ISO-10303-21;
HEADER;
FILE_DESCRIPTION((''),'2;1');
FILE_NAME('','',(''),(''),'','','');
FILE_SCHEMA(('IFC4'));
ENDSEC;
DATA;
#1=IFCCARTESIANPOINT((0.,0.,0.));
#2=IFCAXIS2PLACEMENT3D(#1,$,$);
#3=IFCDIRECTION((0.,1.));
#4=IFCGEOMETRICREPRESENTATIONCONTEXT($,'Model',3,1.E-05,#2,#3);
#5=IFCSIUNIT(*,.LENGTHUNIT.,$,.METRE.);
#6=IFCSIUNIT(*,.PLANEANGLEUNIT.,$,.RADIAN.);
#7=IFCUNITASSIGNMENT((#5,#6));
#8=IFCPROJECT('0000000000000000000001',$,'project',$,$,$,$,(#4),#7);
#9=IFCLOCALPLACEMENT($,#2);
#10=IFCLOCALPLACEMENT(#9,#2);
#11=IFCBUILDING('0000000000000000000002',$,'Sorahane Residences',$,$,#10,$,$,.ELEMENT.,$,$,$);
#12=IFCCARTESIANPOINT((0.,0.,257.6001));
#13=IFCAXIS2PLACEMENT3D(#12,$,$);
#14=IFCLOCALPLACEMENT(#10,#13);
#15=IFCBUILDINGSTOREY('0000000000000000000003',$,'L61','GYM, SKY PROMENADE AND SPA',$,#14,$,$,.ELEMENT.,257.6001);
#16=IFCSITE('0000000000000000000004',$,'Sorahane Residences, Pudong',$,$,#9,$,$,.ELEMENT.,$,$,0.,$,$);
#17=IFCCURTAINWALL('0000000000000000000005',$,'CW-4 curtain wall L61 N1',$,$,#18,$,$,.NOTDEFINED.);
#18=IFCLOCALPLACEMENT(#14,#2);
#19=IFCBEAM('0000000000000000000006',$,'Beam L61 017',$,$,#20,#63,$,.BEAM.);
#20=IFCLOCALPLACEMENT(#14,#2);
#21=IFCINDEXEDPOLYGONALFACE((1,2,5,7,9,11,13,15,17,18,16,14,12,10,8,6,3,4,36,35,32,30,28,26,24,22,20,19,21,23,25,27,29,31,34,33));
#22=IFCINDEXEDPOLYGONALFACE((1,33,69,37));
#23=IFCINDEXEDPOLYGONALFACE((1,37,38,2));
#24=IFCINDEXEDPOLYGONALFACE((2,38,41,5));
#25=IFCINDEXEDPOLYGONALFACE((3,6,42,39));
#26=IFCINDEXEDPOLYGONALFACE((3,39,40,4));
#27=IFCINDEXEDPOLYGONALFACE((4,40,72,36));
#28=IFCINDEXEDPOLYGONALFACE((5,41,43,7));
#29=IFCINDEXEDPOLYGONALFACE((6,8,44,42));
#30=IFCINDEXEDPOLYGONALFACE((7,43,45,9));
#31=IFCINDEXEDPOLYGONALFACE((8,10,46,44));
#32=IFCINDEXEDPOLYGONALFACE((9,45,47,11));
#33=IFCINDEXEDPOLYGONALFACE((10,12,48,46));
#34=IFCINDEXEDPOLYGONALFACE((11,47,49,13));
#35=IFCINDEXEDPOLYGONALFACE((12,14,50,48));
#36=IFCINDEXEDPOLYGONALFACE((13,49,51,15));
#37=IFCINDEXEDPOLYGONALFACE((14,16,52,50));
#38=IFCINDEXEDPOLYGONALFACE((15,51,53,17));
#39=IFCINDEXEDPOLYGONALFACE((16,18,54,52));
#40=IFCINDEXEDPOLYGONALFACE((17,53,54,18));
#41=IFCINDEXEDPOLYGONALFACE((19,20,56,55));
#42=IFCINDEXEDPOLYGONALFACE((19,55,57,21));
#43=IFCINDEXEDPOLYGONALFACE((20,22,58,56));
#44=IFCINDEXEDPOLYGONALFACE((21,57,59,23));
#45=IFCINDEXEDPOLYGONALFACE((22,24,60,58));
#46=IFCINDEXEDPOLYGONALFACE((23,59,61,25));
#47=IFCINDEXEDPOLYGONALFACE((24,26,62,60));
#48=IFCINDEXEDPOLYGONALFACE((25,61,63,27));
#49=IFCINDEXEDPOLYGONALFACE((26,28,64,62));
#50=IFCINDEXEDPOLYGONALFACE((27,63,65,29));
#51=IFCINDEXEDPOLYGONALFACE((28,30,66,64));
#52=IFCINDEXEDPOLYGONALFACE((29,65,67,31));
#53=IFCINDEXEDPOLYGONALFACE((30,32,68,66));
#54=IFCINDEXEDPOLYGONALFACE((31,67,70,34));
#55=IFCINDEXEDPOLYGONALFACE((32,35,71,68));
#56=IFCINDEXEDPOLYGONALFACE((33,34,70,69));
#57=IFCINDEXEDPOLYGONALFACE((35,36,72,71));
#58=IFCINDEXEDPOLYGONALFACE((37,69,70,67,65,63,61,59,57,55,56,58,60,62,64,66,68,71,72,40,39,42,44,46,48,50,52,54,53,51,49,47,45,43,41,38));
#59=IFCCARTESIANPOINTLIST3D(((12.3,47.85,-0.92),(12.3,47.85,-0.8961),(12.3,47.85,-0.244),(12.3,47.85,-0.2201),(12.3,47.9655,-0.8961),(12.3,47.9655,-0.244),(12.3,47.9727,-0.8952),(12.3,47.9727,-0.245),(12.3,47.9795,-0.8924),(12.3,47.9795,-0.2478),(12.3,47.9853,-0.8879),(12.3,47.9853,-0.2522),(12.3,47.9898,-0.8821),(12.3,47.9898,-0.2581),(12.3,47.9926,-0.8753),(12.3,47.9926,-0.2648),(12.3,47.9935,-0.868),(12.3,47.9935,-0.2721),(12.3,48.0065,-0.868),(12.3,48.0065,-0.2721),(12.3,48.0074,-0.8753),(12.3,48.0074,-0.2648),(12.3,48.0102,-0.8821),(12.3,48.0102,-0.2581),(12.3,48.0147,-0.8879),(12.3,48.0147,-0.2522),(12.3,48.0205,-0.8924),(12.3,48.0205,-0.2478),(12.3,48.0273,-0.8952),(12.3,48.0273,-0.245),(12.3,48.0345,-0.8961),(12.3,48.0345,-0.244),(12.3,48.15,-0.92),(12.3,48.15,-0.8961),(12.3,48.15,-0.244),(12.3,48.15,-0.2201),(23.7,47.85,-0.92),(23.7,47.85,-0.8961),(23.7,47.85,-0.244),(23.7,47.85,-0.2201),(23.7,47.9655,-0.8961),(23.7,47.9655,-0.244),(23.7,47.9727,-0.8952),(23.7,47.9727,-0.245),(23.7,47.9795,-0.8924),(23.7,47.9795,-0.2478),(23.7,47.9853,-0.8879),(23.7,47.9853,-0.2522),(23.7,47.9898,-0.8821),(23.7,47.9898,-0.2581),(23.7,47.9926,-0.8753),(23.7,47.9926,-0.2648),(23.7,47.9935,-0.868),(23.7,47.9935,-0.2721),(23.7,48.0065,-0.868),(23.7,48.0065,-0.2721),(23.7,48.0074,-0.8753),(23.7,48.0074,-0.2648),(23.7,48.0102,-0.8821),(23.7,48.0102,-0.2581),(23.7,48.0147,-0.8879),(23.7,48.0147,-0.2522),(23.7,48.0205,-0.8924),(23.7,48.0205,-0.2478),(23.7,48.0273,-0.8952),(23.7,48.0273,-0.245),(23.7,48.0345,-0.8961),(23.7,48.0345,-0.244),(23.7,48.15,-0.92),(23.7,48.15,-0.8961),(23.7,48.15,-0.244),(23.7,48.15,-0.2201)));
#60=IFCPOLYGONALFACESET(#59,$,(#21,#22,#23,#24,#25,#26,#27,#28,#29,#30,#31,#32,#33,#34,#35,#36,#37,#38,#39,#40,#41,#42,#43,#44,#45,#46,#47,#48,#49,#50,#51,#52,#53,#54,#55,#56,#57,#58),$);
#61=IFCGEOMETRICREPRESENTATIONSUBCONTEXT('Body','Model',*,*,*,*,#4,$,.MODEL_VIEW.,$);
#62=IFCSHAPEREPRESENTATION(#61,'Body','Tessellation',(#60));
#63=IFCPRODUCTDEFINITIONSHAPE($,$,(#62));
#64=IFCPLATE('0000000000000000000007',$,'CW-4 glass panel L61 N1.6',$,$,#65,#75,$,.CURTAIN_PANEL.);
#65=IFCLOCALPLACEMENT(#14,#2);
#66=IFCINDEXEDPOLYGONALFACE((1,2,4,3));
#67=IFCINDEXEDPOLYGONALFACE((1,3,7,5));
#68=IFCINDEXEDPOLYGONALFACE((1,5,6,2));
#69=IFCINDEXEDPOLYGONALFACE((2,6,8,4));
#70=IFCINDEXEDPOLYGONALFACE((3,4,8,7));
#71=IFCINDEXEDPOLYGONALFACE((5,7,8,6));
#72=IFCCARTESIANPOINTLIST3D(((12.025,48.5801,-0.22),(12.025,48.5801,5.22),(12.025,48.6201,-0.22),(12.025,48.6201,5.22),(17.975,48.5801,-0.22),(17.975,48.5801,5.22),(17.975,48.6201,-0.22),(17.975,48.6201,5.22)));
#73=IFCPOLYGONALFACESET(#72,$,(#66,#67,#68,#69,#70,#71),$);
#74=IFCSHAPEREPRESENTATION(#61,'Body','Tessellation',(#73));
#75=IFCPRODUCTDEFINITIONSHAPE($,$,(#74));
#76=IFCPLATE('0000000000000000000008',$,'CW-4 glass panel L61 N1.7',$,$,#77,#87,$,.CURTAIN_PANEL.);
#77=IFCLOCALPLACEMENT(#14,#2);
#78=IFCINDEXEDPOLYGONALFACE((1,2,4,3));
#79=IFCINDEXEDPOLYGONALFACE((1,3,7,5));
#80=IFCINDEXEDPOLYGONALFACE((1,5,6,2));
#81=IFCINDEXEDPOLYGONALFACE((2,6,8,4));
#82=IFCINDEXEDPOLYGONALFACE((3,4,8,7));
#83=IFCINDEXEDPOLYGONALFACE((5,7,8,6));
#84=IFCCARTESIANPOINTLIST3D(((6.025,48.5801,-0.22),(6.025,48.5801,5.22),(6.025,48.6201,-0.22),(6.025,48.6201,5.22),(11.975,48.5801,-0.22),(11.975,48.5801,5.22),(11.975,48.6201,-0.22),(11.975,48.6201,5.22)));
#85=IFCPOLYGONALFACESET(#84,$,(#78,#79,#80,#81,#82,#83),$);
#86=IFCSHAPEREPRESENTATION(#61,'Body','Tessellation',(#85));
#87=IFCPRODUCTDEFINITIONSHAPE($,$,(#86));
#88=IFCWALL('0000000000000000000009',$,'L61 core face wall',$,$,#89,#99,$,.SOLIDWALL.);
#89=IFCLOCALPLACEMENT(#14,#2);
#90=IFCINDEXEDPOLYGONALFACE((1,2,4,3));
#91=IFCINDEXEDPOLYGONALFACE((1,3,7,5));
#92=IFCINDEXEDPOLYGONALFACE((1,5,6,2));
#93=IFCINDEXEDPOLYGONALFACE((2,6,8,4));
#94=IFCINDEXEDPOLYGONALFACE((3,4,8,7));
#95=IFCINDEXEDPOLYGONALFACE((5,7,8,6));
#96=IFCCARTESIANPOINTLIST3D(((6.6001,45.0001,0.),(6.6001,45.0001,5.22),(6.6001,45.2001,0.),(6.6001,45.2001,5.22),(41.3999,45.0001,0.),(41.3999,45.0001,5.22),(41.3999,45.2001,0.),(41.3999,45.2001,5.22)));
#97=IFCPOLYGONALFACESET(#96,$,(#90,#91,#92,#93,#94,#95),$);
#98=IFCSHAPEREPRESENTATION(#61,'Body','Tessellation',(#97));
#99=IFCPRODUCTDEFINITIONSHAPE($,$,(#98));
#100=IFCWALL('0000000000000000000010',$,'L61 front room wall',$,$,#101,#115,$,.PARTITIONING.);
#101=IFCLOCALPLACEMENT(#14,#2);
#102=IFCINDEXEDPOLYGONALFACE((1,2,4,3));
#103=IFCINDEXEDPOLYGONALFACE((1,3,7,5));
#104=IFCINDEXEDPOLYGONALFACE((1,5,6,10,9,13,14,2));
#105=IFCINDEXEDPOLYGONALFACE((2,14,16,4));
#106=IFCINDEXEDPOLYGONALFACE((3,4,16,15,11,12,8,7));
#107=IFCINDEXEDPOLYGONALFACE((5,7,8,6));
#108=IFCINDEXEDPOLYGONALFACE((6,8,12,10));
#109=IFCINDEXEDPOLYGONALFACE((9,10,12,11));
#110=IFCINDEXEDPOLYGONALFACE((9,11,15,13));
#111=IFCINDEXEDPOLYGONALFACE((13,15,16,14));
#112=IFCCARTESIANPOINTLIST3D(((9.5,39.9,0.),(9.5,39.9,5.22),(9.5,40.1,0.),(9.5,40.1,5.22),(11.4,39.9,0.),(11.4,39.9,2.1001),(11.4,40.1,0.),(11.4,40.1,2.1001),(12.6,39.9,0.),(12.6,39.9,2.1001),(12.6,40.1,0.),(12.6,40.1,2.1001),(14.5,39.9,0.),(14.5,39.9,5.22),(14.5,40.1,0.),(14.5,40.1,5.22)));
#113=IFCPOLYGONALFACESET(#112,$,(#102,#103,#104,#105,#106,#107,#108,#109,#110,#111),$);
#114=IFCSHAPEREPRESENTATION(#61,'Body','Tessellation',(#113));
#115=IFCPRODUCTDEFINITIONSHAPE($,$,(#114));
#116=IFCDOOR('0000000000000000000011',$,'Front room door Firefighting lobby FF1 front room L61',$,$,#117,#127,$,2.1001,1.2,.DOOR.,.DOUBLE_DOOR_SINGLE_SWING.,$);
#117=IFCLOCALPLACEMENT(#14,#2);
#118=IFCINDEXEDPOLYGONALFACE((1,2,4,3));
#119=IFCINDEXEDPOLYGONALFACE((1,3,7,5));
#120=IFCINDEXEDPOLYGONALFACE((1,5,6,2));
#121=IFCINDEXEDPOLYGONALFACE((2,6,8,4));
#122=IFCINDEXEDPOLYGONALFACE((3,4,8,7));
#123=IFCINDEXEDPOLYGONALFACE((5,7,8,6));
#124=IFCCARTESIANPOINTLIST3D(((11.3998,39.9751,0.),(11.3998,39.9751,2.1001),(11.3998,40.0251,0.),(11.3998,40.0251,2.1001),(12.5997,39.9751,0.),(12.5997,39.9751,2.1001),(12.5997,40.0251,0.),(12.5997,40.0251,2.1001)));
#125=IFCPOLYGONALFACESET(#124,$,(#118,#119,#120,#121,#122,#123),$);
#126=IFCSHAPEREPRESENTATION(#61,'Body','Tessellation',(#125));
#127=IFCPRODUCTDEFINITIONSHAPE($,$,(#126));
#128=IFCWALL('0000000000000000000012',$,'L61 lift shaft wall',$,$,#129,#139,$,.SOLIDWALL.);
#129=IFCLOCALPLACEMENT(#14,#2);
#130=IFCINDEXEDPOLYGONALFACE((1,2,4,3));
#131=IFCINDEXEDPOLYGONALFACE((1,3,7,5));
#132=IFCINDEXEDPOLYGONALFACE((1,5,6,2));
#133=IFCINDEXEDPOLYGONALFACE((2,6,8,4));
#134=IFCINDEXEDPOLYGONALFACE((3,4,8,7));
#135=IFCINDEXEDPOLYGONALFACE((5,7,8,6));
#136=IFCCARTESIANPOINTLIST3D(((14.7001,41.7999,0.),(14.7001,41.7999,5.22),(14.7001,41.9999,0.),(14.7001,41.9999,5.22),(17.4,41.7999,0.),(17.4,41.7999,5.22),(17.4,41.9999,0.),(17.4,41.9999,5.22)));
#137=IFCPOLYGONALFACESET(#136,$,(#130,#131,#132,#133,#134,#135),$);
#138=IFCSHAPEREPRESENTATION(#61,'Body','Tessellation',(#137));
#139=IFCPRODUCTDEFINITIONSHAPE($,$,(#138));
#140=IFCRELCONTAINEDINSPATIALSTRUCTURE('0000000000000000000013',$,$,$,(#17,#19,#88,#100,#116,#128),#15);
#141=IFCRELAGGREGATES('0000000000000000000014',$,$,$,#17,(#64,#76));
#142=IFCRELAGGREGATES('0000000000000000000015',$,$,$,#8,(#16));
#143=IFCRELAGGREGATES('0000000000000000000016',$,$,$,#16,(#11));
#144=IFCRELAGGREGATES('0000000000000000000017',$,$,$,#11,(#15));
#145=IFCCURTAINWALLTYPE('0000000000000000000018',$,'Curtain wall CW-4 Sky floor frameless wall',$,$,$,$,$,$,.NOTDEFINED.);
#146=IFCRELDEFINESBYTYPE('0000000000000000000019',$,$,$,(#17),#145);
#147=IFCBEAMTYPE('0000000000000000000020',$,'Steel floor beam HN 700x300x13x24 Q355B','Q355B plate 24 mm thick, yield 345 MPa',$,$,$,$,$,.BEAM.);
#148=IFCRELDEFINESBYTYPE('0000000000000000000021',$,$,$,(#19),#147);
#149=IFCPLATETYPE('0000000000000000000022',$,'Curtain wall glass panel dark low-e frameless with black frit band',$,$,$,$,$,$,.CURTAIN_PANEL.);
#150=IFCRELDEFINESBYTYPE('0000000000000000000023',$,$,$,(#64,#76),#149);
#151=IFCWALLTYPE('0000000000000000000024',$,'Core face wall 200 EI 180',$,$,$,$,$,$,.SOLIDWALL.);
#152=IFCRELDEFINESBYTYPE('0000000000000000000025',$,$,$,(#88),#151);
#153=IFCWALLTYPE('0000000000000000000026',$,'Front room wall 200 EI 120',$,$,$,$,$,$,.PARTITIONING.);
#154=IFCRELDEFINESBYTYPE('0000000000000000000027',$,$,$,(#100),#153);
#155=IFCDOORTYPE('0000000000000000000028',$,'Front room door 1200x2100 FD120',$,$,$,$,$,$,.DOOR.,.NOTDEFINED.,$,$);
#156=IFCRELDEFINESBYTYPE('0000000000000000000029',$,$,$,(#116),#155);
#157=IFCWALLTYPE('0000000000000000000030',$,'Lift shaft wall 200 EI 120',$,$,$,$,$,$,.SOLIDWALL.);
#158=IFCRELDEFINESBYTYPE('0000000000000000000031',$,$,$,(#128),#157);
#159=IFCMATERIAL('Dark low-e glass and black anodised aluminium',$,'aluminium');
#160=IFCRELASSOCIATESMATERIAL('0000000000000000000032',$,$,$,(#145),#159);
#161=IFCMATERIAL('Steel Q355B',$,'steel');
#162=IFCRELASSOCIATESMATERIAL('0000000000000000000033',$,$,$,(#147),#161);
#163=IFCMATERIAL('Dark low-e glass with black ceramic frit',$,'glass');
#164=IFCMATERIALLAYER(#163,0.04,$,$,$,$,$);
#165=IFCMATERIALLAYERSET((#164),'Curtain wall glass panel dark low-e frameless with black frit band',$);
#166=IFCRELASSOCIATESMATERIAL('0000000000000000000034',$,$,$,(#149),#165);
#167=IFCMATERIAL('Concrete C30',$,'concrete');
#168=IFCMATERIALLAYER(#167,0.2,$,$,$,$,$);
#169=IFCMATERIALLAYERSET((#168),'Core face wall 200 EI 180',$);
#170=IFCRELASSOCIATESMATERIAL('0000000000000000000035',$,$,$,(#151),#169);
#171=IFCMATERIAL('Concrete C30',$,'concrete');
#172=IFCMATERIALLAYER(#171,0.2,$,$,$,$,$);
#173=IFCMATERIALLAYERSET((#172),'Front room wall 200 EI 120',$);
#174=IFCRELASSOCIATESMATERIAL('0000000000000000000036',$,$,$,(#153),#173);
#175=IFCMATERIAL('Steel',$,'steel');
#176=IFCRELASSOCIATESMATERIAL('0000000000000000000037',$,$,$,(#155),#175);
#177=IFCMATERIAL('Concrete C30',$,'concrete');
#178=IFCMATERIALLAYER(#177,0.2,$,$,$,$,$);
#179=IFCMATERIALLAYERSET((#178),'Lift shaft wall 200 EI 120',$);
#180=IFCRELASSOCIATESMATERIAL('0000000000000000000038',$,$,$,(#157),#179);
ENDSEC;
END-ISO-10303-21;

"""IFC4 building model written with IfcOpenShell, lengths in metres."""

from ifc_helpers import new_model, si_unit, direction, frame, frame_2d, origin, origin_2d, place, context, subcontext, project, spatial, rectangle, i_section, extrude, material, layer, layer_set, material_profile, profile_set, type_object, element, fill, aggregate, save


model = new_model("IFC4")

# Units and contexts
model_context = context("Model", 3, precision=1e-05, world=origin(), true_north=direction((0.0, 1.0)))
body_context = subcontext(model_context, "Body", "Model", "MODEL_VIEW")
ifc_project = project(units=[si_unit("LENGTHUNIT", "METRE"), si_unit("PLANEANGLEUNIT", "RADIAN")], contexts=[model_context])

# Site, building, storey
site_placement = place(None, origin())
site = spatial("IfcSite", under=ifc_project, at=site_placement, Name="Sorahane Residences, Pudong", CompositionType="ELEMENT", RefElevation=0.0)
building_placement = place(site_placement, origin())
building = spatial("IfcBuilding", under=site, at=building_placement, Name="Sorahane Residences", CompositionType="ELEMENT")
storey_placement = place(building_placement, frame((0.0, 0.0, 257.6001)))
storey = spatial("IfcBuildingStorey", under=building, at=storey_placement, Name="L61", Description="GYM, SKY PROMENADE AND SPA", CompositionType="ELEMENT", Elevation=257.6001)

# Curtain wall
ifc_material_1 = material(Name="Dark low-e glass and black anodised aluminium", Category="aluminium")
curtain_wall_type = type_object("IfcCurtainWallType", Name="Curtain wall CW-4 Sky floor frameless wall", PredefinedType="NOTDEFINED", material=ifc_material_1)
curtain_wall_placement = place(storey_placement, origin())
curtain_wall = element("IfcCurtainWall", 1, at=curtain_wall_placement, inside=storey, type_object=curtain_wall_type, Name="CW-4 curtain wall L61 N1", PredefinedType="NOTDEFINED")

# Beam
ifc_material_2 = material(Name="Steel Q355B", Category="steel")
ifc_material_profile_1 = material_profile(ifc_material_2, i_section(OverallWidth=0.3, OverallDepth=0.7, WebThickness=0.0129, FlangeThickness=0.0239, FilletRadius=0.0281, at=origin_2d()), Name="HN 700x300x13x24")
ifc_profile_set_1 = profile_set([ifc_material_profile_1], Name="Steel Q355B")
beam_type_1 = type_object("IfcBeamType", Name="Steel floor beam HN 700x300x13x24 Q355B", Description="Q355B plate 24 mm thick, yield 345 MPa", PredefinedType="BEAM", material=ifc_profile_set_1)
beam_1_placement = place(storey_placement, frame((12.3, 48.0, -0.5701), z_axis=(1.0, 0.0, 0.0), x_axis=(0.0, 1.0, 0.0)))
element("IfcBeam", 2, at=beam_1_placement, inside=storey, type_object=beam_type_1, Name="Beam L61 017", PredefinedType="BEAM", context=body_context, shape_type="SweptSolid", body=[
    extrude(i_section(OverallWidth=0.3, OverallDepth=0.7, WebThickness=0.0129, FlangeThickness=0.0239, FilletRadius=0.0281, at=origin_2d()), origin(), (0.0, 0.0, 1.0), 11.3999),
])

# Plates
ifc_material_3 = material(Name="Dark low-e glass with black ceramic frit", Category="glass")
ifc_layer_1 = layer(ifc_material_3, 0.04)
ifc_layer_set_1 = layer_set([ifc_layer_1], Name="Curtain wall glass panel dark low-e frameless with black frit band")
plate_type = type_object("IfcPlateType", Name="Curtain wall glass panel dark low-e frameless with black frit band", PredefinedType="CURTAIN_PANEL", material=ifc_layer_set_1)
plate_1_placement = place(storey_placement, frame((15.0, 48.6001, -0.22), z_axis=(0.0, 0.0, 1.0), x_axis=(-1.0, 0.0, 0.0)))
plate_1 = element("IfcPlate", 3, at=plate_1_placement, type_object=plate_type, Name="CW-4 glass panel L61 N1.6", PredefinedType="CURTAIN_PANEL", context=body_context, shape_type="SweptSolid", body=[
    extrude(rectangle(XDim=5.95, YDim=0.04, at=origin_2d()), origin(), (0.0, 0.0, 1.0), 5.4399),
])
plate_2_placement = place(storey_placement, frame((9.0, 48.6001, -0.22), z_axis=(0.0, 0.0, 1.0), x_axis=(-1.0, 0.0, 0.0)))
plate_2 = element("IfcPlate", 4, at=plate_2_placement, type_object=plate_type, Name="CW-4 glass panel L61 N1.7", PredefinedType="CURTAIN_PANEL", context=body_context, shape_type="SweptSolid", body=[
    extrude(rectangle(XDim=5.95, YDim=0.04, at=origin_2d()), origin(), (0.0, 0.0, 1.0), 5.4399),
])
aggregate(curtain_wall, [plate_1, plate_2])

# Wall
ifc_material_4 = material(Name="Concrete C30", Category="concrete")
ifc_layer_2 = layer(ifc_material_4, 0.2)
ifc_layer_set_2 = layer_set([ifc_layer_2], Name="Core face wall 200 EI 180")
wall_type_1 = type_object("IfcWallType", Name="Core face wall 200 EI 180", PredefinedType="SOLIDWALL", material=ifc_layer_set_2)
wall_1_placement = place(storey_placement, frame((6.6001, 45.1001, 0.0), z_axis=(0.0, 0.0, 1.0), x_axis=(1.0, 0.0, 0.0)))
element("IfcWall", 5, at=wall_1_placement, inside=storey, type_object=wall_type_1, Name="L61 core face wall", PredefinedType="SOLIDWALL", context=body_context, shape_type="SweptSolid", body=[
    extrude(rectangle(XDim=34.7998, YDim=0.2, at=frame_2d((17.3999, 0.0))), origin(), (0.0, 0.0, 1.0), 5.22),
])

# Wall, opening, door
ifc_material_5 = material(Name="Concrete C30", Category="concrete")
ifc_layer_3 = layer(ifc_material_5, 0.2)
ifc_layer_set_3 = layer_set([ifc_layer_3], Name="Front room wall 200 EI 120")
wall_type_2 = type_object("IfcWallType", Name="Front room wall 200 EI 120", PredefinedType="PARTITIONING", material=ifc_layer_set_3)
wall_2_placement = place(storey_placement, frame((9.5, 40.0, 0.0), z_axis=(0.0, 0.0, 1.0), x_axis=(1.0, 0.0, 0.0)))
wall_2 = element("IfcWall", 6, at=wall_2_placement, inside=storey, type_object=wall_type_2, Name="L61 front room wall", PredefinedType="PARTITIONING", context=body_context, shape_type="SweptSolid", body=[
    extrude(rectangle(XDim=5.0, YDim=0.2, at=frame_2d((2.5, 0.0))), origin(), (0.0, 0.0, 1.0), 5.22),
])
opening_placement = place(wall_2_placement, frame((1.8999, 0.0, 0.0)))
opening = element("IfcOpeningElement", 7, at=opening_placement, cuts=wall_2, PredefinedType="OPENING", context=body_context, shape_type="SweptSolid", body=[
    extrude(rectangle(XDim=1.2, YDim=2.1001, at=frame_2d((0.6001, 1.05))), frame((0.0, 0.1099, 0.0), z_axis=(0.0, -1.0, 0.0), x_axis=(1.0, 0.0, 0.0)), (0.0, 0.0, 1.0), 0.22),
])
ifc_material_6 = material(Name="Steel", Category="steel")
door_type = type_object("IfcDoorType", Name="Front room door 1200x2100 FD120", OperationType="NOTDEFINED", PredefinedType="DOOR", material=ifc_material_6)
door_placement = place(opening_placement, frame((1.2, 0.0, 0.0), z_axis=(0.0, 0.0, 1.0), x_axis=(-1.0, 0.0, 0.0)))
door = element("IfcDoor", 8, at=door_placement, inside=storey, type_object=door_type, Name="Front room door Firefighting lobby FF1 front room L61", OperationType="DOUBLE_DOOR_SINGLE_SWING", OverallHeight=2.1001, OverallWidth=1.2, PredefinedType="DOOR", context=body_context, shape_type="SweptSolid", body=[
    extrude(rectangle(XDim=1.2, YDim=2.1001, at=frame_2d((0.6001, 1.05))), frame((0.0, 0.0249, 0.0), z_axis=(0.0, -1.0, 0.0), x_axis=(1.0, 0.0, 0.0)), (0.0, 0.0, 1.0), 0.05),
])
fill(opening, door)

# Wall
ifc_material_7 = material(Name="Concrete C30", Category="concrete")
ifc_layer_4 = layer(ifc_material_7, 0.2)
ifc_layer_set_4 = layer_set([ifc_layer_4], Name="Lift shaft wall 200 EI 120")
wall_type_3 = type_object("IfcWallType", Name="Lift shaft wall 200 EI 120", PredefinedType="SOLIDWALL", material=ifc_layer_set_4)
wall_3_placement = place(storey_placement, frame((14.7, 41.8999, 0.0), z_axis=(0.0, 0.0, 1.0), x_axis=(1.0, 0.0, 0.0)))
element("IfcWall", 9, at=wall_3_placement, inside=storey, type_object=wall_type_3, Name="L61 lift shaft wall", PredefinedType="SOLIDWALL", context=body_context, shape_type="SweptSolid", body=[
    extrude(rectangle(XDim=2.7, YDim=0.2, at=frame_2d((1.3501, 0.0))), origin(), (0.0, 0.0, 1.0), 5.22),
])

save(model, "model.ifc")
